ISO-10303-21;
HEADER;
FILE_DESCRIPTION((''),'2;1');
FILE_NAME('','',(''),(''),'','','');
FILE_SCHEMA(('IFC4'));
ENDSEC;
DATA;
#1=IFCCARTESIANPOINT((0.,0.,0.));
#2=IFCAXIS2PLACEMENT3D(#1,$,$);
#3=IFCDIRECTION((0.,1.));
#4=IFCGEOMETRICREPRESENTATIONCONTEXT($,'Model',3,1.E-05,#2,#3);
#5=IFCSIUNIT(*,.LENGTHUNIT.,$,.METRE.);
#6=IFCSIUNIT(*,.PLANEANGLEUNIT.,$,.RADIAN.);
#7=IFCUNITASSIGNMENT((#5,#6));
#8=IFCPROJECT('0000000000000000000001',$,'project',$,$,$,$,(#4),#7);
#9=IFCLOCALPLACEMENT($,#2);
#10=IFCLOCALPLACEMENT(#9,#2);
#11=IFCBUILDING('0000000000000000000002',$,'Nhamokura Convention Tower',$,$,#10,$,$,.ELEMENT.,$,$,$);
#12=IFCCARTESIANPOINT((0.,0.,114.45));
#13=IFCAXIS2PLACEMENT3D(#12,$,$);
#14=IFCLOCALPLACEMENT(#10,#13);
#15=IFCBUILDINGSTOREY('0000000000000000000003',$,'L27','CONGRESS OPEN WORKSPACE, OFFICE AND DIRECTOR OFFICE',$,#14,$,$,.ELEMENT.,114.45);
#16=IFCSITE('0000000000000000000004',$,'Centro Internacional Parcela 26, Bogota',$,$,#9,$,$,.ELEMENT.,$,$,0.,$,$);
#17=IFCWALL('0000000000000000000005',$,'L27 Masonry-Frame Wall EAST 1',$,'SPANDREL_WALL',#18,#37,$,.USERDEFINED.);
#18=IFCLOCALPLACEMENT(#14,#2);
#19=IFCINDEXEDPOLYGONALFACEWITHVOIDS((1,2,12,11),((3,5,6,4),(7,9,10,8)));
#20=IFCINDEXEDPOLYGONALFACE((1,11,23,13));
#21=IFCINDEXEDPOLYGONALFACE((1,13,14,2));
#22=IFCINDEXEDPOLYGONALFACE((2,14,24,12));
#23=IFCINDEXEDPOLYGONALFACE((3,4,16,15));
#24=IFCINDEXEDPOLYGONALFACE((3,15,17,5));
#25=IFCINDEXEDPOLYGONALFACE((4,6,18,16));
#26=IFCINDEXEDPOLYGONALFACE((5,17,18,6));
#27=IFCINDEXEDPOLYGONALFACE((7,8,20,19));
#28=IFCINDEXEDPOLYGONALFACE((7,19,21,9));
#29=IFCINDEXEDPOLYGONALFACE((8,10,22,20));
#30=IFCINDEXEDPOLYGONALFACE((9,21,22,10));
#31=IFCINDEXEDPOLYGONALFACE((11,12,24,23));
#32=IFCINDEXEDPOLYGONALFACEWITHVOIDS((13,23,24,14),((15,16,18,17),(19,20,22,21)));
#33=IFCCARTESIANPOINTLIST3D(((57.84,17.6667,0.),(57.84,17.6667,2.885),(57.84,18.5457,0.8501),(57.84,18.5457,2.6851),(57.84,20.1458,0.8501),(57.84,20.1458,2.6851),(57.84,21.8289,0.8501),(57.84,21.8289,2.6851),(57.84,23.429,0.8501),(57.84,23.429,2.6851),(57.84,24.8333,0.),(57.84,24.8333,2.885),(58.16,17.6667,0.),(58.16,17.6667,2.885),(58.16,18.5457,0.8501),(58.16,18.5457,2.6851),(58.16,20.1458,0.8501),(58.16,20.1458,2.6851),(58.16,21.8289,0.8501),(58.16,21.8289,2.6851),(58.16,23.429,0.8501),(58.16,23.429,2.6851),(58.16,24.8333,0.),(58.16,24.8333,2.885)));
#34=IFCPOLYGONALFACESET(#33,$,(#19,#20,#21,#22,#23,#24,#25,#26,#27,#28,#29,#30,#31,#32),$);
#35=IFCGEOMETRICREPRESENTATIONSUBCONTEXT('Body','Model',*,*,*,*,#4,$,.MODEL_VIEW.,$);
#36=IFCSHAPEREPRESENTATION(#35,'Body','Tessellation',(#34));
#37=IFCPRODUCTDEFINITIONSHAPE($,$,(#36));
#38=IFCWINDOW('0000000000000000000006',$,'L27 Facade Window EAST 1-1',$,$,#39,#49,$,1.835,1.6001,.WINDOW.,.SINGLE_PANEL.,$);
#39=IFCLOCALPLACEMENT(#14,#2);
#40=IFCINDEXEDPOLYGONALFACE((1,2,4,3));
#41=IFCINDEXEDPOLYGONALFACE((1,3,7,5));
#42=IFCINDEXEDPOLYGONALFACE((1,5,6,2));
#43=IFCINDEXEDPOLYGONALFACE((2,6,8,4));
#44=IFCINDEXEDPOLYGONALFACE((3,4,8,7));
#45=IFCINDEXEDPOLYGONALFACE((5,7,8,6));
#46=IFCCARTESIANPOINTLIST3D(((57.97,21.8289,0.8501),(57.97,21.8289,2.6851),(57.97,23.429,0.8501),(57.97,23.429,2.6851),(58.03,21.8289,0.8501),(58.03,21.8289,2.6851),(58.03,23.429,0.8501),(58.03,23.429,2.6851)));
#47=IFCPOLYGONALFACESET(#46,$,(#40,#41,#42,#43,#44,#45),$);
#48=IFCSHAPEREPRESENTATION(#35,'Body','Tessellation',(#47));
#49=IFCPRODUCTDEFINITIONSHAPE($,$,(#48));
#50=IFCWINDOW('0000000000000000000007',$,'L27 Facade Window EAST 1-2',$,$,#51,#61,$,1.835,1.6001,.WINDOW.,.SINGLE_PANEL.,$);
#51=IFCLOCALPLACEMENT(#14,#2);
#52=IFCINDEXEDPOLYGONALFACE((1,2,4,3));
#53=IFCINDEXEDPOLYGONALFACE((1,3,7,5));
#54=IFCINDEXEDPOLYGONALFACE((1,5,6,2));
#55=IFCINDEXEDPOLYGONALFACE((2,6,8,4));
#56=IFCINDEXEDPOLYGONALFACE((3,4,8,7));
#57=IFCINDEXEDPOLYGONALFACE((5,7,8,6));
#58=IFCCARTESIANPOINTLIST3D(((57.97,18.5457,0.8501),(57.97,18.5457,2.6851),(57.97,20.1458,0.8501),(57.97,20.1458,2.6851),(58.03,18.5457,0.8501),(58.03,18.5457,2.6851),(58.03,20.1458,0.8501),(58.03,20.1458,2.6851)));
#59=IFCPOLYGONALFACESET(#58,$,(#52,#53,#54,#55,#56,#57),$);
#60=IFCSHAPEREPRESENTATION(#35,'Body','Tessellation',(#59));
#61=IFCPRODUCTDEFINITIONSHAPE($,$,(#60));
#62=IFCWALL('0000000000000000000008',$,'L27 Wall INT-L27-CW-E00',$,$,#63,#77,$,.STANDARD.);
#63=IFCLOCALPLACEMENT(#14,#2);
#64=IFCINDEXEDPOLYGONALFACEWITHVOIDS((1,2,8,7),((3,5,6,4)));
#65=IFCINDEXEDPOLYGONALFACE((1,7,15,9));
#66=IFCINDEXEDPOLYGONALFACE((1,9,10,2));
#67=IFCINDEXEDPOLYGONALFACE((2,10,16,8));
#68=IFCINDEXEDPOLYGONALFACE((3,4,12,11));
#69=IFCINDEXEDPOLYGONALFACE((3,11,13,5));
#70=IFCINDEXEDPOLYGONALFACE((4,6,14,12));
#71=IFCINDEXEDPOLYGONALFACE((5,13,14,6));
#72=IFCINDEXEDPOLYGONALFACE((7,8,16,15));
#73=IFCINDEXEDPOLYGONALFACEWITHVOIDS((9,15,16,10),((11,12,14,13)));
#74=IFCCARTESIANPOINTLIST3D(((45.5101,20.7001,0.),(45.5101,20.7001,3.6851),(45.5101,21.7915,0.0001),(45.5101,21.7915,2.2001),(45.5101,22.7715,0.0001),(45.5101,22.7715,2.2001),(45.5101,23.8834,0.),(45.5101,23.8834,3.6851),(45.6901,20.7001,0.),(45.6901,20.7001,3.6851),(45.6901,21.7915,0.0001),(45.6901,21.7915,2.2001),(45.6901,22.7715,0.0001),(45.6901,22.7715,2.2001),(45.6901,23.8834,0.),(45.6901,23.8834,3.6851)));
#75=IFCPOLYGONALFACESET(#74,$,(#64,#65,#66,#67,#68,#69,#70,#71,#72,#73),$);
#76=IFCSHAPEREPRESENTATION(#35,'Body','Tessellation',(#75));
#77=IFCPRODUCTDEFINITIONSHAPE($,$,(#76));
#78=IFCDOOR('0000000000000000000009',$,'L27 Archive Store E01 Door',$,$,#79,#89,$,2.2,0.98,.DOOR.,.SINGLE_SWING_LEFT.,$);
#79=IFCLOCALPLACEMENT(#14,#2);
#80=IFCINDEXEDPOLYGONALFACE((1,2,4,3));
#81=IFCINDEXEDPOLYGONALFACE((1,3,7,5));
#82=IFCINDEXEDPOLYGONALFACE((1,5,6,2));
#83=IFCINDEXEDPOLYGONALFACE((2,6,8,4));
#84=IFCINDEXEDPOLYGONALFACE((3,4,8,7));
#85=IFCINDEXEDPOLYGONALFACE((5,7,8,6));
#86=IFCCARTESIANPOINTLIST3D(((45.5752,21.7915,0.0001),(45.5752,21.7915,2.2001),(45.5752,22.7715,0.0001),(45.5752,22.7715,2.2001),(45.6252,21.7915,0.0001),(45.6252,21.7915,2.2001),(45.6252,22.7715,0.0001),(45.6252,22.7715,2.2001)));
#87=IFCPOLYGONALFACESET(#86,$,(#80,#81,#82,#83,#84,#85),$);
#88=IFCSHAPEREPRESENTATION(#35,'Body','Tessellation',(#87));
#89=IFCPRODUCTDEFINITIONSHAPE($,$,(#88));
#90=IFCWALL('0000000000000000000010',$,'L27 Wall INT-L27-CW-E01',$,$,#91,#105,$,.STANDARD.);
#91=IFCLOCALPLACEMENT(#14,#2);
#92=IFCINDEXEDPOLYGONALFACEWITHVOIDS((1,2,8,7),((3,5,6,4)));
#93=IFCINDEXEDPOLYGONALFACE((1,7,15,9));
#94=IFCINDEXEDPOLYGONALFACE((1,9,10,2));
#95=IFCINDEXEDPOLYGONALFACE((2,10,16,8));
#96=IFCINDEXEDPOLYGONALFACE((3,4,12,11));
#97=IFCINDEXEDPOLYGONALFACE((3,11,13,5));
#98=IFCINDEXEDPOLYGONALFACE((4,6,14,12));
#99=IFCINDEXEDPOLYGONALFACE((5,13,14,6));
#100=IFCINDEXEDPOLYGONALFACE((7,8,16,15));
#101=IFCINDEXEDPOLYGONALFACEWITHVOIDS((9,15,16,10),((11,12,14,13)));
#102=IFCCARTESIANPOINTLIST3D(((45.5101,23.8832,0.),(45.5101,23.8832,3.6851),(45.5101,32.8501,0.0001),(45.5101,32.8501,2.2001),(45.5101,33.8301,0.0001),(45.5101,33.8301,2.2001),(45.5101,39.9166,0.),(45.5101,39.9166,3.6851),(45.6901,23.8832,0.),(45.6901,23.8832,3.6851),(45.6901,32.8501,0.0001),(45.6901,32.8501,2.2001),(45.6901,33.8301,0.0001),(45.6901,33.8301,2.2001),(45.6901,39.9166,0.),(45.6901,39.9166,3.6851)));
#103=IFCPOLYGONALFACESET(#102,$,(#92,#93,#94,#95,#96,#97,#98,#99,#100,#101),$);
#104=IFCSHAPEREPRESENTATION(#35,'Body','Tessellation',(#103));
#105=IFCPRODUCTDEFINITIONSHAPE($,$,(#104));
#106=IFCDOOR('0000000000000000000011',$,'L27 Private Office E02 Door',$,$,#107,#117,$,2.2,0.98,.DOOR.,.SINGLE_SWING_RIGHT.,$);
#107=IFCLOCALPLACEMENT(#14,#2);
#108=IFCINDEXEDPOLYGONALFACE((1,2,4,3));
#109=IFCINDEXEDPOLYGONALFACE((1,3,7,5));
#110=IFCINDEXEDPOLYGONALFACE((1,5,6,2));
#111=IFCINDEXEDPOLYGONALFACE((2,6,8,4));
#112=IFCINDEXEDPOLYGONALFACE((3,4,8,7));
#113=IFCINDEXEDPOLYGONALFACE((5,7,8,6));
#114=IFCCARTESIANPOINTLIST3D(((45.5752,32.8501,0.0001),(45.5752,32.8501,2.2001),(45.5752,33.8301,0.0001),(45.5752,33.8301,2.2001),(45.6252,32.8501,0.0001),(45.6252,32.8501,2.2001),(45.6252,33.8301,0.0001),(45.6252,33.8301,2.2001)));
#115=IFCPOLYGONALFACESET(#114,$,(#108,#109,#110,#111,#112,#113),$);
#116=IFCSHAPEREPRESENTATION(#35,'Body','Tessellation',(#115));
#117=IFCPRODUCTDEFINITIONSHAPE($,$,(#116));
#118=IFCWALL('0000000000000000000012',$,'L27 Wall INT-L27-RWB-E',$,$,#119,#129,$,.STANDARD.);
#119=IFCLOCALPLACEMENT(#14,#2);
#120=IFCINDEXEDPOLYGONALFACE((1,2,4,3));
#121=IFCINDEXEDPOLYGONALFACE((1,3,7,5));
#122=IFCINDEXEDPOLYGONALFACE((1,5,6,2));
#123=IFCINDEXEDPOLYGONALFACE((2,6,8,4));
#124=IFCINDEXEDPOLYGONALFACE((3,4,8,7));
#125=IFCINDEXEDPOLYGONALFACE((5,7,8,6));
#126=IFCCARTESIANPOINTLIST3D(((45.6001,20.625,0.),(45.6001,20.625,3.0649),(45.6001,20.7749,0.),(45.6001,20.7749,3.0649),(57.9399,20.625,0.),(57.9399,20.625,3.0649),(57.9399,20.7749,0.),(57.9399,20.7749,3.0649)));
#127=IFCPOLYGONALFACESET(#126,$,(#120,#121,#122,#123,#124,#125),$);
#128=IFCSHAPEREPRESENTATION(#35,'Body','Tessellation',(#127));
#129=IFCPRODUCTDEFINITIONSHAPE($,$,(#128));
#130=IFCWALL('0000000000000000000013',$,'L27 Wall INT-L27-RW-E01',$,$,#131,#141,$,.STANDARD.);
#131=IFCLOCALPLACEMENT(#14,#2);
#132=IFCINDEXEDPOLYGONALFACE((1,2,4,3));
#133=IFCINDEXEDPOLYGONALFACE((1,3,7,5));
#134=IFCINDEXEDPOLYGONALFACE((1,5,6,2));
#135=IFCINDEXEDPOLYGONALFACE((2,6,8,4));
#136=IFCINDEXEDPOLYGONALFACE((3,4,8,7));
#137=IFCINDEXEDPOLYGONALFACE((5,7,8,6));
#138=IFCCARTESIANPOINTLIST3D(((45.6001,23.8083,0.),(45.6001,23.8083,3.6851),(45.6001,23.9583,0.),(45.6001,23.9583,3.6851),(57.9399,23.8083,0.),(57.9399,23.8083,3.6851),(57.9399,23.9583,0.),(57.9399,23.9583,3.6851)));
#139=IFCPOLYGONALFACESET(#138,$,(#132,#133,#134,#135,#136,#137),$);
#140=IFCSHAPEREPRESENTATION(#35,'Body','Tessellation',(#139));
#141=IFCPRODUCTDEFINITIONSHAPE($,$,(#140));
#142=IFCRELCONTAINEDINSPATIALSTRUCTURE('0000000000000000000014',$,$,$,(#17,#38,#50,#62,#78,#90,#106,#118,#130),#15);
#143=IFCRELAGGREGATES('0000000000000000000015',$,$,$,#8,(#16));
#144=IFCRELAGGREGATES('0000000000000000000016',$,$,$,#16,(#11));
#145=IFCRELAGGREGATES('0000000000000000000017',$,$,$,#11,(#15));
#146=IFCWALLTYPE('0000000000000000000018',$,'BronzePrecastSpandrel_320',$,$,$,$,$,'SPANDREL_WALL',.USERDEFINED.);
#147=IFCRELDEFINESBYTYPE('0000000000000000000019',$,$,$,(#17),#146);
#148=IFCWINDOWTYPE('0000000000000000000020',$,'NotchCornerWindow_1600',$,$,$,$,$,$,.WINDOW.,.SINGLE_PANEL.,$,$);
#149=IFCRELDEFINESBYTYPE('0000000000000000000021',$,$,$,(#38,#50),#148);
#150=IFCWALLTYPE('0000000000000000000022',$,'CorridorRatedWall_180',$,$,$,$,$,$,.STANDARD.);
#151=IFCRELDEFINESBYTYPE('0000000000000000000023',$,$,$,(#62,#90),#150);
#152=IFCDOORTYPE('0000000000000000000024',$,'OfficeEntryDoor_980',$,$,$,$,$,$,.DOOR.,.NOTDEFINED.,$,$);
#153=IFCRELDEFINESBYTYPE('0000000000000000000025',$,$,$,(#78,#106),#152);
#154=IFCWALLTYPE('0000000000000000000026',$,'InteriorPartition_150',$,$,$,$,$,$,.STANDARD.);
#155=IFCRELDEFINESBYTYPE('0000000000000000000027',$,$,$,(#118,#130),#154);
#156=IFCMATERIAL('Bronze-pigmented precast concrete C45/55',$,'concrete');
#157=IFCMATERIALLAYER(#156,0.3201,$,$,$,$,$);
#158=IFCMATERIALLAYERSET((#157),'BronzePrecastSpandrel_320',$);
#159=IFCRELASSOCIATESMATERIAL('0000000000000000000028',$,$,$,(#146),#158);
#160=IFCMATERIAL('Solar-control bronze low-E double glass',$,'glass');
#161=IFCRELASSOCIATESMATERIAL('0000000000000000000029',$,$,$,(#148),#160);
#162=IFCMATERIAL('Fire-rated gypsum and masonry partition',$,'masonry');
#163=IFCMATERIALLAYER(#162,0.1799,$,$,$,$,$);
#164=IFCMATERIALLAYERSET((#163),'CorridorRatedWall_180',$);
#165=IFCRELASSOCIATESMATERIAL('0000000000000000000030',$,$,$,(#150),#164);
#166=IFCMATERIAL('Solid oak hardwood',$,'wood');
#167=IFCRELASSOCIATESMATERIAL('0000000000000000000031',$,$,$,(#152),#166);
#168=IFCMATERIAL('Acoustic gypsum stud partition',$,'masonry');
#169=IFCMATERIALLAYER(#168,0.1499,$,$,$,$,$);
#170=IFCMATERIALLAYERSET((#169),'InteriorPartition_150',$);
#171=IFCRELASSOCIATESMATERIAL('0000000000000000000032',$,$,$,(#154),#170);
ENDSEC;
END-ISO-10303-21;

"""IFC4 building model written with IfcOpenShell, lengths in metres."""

from ifc_helpers import new_model, si_unit, direction, frame, frame_2d, origin, place, context, subcontext, project, spatial, rectangle, extrude, material, layer, layer_set, type_object, element, fill, save


model = new_model("IFC4")

# Units and contexts
model_context = context("Model", 3, precision=1e-05, world=origin(), true_north=direction((0.0, 1.0)))
body_context = subcontext(model_context, "Body", "Model", "MODEL_VIEW")
ifc_project = project(units=[si_unit("LENGTHUNIT", "METRE"), si_unit("PLANEANGLEUNIT", "RADIAN")], contexts=[model_context])

# Site, building, storey
site_placement = place(None, origin())
site = spatial("IfcSite", under=ifc_project, at=site_placement, Name="Centro Internacional Parcela 26, Bogota", CompositionType="ELEMENT", RefElevation=0.0)
building_placement = place(site_placement, origin())
building = spatial("IfcBuilding", under=site, at=building_placement, Name="Nhamokura Convention Tower", CompositionType="ELEMENT")
storey_placement = place(building_placement, frame((0.0, 0.0, 114.45)))
storey = spatial("IfcBuildingStorey", under=building, at=storey_placement, Name="L27", Description="CONGRESS OPEN WORKSPACE, OFFICE AND DIRECTOR OFFICE", CompositionType="ELEMENT", Elevation=114.45)

# Shared definitions
ifc_material_1 = material(Name="Bronze-pigmented precast concrete C45/55", Category="concrete")
ifc_layer_1 = layer(ifc_material_1, 0.3201)
ifc_layer_set_1 = layer_set([ifc_layer_1], Name="BronzePrecastSpandrel_320")
wall_type_1 = type_object("IfcWallType", Name="BronzePrecastSpandrel_320", ElementType="SPANDREL_WALL", PredefinedType="USERDEFINED", material=ifc_layer_set_1)

# Wall, openings, windows
wall_1_placement = place(storey_placement, frame((58.0, 24.8333, 0.0), z_axis=(0.0, 0.0, 1.0), x_axis=(0.0, -1.0, 0.0)))
wall_1 = element("IfcWall", 1, at=wall_1_placement, inside=storey, type_object=wall_type_1, Name="L27 Masonry-Frame Wall EAST 1", ObjectType="SPANDREL_WALL", PredefinedType="USERDEFINED", context=body_context, shape_type="SweptSolid", body=[
    extrude(rectangle(XDim=7.1665, YDim=0.3201, at=frame_2d((3.5833, 0.0))), origin(), (0.0, 0.0, 1.0), 2.885),
])
opening_1_placement = place(wall_1_placement, frame((1.4043, 0.0, 0.8501)))
opening_1 = element("IfcOpeningElement", 2, at=opening_1_placement, cuts=wall_1, PredefinedType="OPENING", context=body_context, shape_type="SweptSolid", body=[
    extrude(rectangle(XDim=1.6001, YDim=1.835, at=frame_2d((0.8, 0.9175))), frame((0.0, 0.1699, 0.0), z_axis=(0.0, -1.0, 0.0), x_axis=(1.0, 0.0, 0.0)), (0.0, 0.0, 1.0), 0.3401),
])
opening_2_placement = place(wall_1_placement, frame((4.6875, 0.0, 0.8501)))
opening_2 = element("IfcOpeningElement", 3, at=opening_2_placement, cuts=wall_1, PredefinedType="OPENING", context=body_context, shape_type="SweptSolid", body=[
    extrude(rectangle(XDim=1.6001, YDim=1.835, at=frame_2d((0.8, 0.9175))), frame((0.0, 0.1699, 0.0), z_axis=(0.0, -1.0, 0.0), x_axis=(1.0, 0.0, 0.0)), (0.0, 0.0, 1.0), 0.3401),
])
ifc_material_2 = material(Name="Solar-control bronze low-E double glass", Category="glass")
window_type = type_object("IfcWindowType", Name="NotchCornerWindow_1600", PartitioningType="SINGLE_PANEL", PredefinedType="WINDOW", material=ifc_material_2)
window_1_placement = place(opening_1_placement, origin())
window_1 = element("IfcWindow", 4, at=window_1_placement, inside=storey, type_object=window_type, Name="L27 Facade Window EAST 1-1", OverallHeight=1.835, OverallWidth=1.6001, PartitioningType="SINGLE_PANEL", PredefinedType="WINDOW", context=body_context, shape_type="SweptSolid", body=[
    extrude(rectangle(XDim=1.6001, YDim=1.835, at=frame_2d((0.8, 0.9175))), frame((0.0, 0.03, 0.0), z_axis=(0.0, -1.0, 0.0), x_axis=(1.0, 0.0, 0.0)), (0.0, 0.0, 1.0), 0.0601),
])
fill(opening_1, window_1)
window_2_placement = place(opening_2_placement, origin())
window_2 = element("IfcWindow", 5, at=window_2_placement, inside=storey, type_object=window_type, Name="L27 Facade Window EAST 1-2", OverallHeight=1.835, OverallWidth=1.6001, PartitioningType="SINGLE_PANEL", PredefinedType="WINDOW", context=body_context, shape_type="SweptSolid", body=[
    extrude(rectangle(XDim=1.6001, YDim=1.835, at=frame_2d((0.8, 0.9175))), frame((0.0, 0.03, 0.0), z_axis=(0.0, -1.0, 0.0), x_axis=(1.0, 0.0, 0.0)), (0.0, 0.0, 1.0), 0.0601),
])
fill(opening_2, window_2)

# Walls, openings, doors
ifc_material_3 = material(Name="Fire-rated gypsum and masonry partition", Category="masonry")
ifc_layer_2 = layer(ifc_material_3, 0.1799)
ifc_layer_set_2 = layer_set([ifc_layer_2], Name="CorridorRatedWall_180")
wall_type_2 = type_object("IfcWallType", Name="CorridorRatedWall_180", PredefinedType="STANDARD", material=ifc_layer_set_2)
wall_2_placement = place(storey_placement, frame((45.6001, 20.7, 0.0), z_axis=(0.0, 0.0, 1.0), x_axis=(0.0, 1.0, 0.0)))
wall_2 = element("IfcWall", 6, at=wall_2_placement, inside=storey, type_object=wall_type_2, Name="L27 Wall INT-L27-CW-E00", PredefinedType="STANDARD", context=body_context, shape_type="SweptSolid", body=[
    extrude(rectangle(XDim=3.1833, YDim=0.1799, at=frame_2d((1.5918, 0.0))), origin(), (0.0, 0.0, 1.0), 3.6851),
])
opening_3_placement = place(wall_2_placement, frame((1.0916, 0.0, 0.0)))
opening_3 = element("IfcOpeningElement", 7, at=opening_3_placement, cuts=wall_2, PredefinedType="OPENING", context=body_context, shape_type="SweptSolid", body=[
    extrude(rectangle(XDim=0.98, YDim=2.2, at=frame_2d((0.49, 1.1001))), frame((0.0, 0.0999, 0.0), z_axis=(0.0, -1.0, 0.0), x_axis=(1.0, 0.0, 0.0)), (0.0, 0.0, 1.0), 0.2),
])
ifc_material_4 = material(Name="Solid oak hardwood", Category="wood")
door_type = type_object("IfcDoorType", Name="OfficeEntryDoor_980", OperationType="NOTDEFINED", PredefinedType="DOOR", material=ifc_material_4)
door_1_placement = place(opening_3_placement, origin())
door_1 = element("IfcDoor", 8, at=door_1_placement, inside=storey, type_object=door_type, Name="L27 Archive Store E01 Door", OperationType="SINGLE_SWING_LEFT", OverallHeight=2.2, OverallWidth=0.98, PredefinedType="DOOR", context=body_context, shape_type="SweptSolid", body=[
    extrude(rectangle(XDim=0.98, YDim=2.2, at=frame_2d((0.49, 1.1001))), frame((0.0, 0.0249, 0.0), z_axis=(0.0, -1.0, 0.0), x_axis=(1.0, 0.0, 0.0)), (0.0, 0.0, 1.0), 0.05),
])
fill(opening_3, door_1)
wall_3_placement = place(storey_placement, frame((45.6001, 23.8833, 0.0), z_axis=(0.0, 0.0, 1.0), x_axis=(0.0, 1.0, 0.0)))
wall_3 = element("IfcWall", 9, at=wall_3_placement, inside=storey, type_object=wall_type_2, Name="L27 Wall INT-L27-CW-E01", PredefinedType="STANDARD", context=body_context, shape_type="SweptSolid", body=[
    extrude(rectangle(XDim=16.0334, YDim=0.1799, at=frame_2d((8.0166, 0.0))), origin(), (0.0, 0.0, 1.0), 3.6851),
])
opening_4_placement = place(wall_3_placement, frame((8.9668, 0.0, 0.0)))
opening_4 = element("IfcOpeningElement", 10, at=opening_4_placement, cuts=wall_3, PredefinedType="OPENING", context=body_context, shape_type="SweptSolid", body=[
    extrude(rectangle(XDim=0.98, YDim=2.2, at=frame_2d((0.49, 1.1001))), frame((0.0, 0.0999, 0.0), z_axis=(0.0, -1.0, 0.0), x_axis=(1.0, 0.0, 0.0)), (0.0, 0.0, 1.0), 0.2),
])
door_2_placement = place(opening_4_placement, origin())
door_2 = element("IfcDoor", 11, at=door_2_placement, inside=storey, type_object=door_type, Name="L27 Private Office E02 Door", OperationType="SINGLE_SWING_RIGHT", OverallHeight=2.2, OverallWidth=0.98, PredefinedType="DOOR", context=body_context, shape_type="SweptSolid", body=[
    extrude(rectangle(XDim=0.98, YDim=2.2, at=frame_2d((0.49, 1.1001))), frame((0.0, 0.0249, 0.0), z_axis=(0.0, -1.0, 0.0), x_axis=(1.0, 0.0, 0.0)), (0.0, 0.0, 1.0), 0.05),
])
fill(opening_4, door_2)

# Walls
ifc_material_5 = material(Name="Acoustic gypsum stud partition", Category="masonry")
ifc_layer_3 = layer(ifc_material_5, 0.1499)
ifc_layer_set_3 = layer_set([ifc_layer_3], Name="InteriorPartition_150")
wall_type_3 = type_object("IfcWallType", Name="InteriorPartition_150", PredefinedType="STANDARD", material=ifc_layer_set_3)
wall_4_placement = place(storey_placement, frame((45.6001, 20.7, 0.0), z_axis=(0.0, 0.0, 1.0), x_axis=(1.0, 0.0, 0.0)))
element("IfcWall", 12, at=wall_4_placement, inside=storey, type_object=wall_type_3, Name="L27 Wall INT-L27-RWB-E", PredefinedType="STANDARD", context=body_context, shape_type="SweptSolid", body=[
    extrude(rectangle(XDim=12.3398, YDim=0.1499, at=frame_2d((6.1699, 0.0))), origin(), (0.0, 0.0, 1.0), 3.0649),
])
wall_5_placement = place(storey_placement, frame((45.6001, 23.8833, 0.0), z_axis=(0.0, 0.0, 1.0), x_axis=(1.0, 0.0, 0.0)))
element("IfcWall", 13, at=wall_5_placement, inside=storey, type_object=wall_type_3, Name="L27 Wall INT-L27-RW-E01", PredefinedType="STANDARD", context=body_context, shape_type="SweptSolid", body=[
    extrude(rectangle(XDim=12.3398, YDim=0.1499, at=frame_2d((6.1699, 0.0))), origin(), (0.0, 0.0, 1.0), 3.6851),
])

save(model, "model.ifc")
